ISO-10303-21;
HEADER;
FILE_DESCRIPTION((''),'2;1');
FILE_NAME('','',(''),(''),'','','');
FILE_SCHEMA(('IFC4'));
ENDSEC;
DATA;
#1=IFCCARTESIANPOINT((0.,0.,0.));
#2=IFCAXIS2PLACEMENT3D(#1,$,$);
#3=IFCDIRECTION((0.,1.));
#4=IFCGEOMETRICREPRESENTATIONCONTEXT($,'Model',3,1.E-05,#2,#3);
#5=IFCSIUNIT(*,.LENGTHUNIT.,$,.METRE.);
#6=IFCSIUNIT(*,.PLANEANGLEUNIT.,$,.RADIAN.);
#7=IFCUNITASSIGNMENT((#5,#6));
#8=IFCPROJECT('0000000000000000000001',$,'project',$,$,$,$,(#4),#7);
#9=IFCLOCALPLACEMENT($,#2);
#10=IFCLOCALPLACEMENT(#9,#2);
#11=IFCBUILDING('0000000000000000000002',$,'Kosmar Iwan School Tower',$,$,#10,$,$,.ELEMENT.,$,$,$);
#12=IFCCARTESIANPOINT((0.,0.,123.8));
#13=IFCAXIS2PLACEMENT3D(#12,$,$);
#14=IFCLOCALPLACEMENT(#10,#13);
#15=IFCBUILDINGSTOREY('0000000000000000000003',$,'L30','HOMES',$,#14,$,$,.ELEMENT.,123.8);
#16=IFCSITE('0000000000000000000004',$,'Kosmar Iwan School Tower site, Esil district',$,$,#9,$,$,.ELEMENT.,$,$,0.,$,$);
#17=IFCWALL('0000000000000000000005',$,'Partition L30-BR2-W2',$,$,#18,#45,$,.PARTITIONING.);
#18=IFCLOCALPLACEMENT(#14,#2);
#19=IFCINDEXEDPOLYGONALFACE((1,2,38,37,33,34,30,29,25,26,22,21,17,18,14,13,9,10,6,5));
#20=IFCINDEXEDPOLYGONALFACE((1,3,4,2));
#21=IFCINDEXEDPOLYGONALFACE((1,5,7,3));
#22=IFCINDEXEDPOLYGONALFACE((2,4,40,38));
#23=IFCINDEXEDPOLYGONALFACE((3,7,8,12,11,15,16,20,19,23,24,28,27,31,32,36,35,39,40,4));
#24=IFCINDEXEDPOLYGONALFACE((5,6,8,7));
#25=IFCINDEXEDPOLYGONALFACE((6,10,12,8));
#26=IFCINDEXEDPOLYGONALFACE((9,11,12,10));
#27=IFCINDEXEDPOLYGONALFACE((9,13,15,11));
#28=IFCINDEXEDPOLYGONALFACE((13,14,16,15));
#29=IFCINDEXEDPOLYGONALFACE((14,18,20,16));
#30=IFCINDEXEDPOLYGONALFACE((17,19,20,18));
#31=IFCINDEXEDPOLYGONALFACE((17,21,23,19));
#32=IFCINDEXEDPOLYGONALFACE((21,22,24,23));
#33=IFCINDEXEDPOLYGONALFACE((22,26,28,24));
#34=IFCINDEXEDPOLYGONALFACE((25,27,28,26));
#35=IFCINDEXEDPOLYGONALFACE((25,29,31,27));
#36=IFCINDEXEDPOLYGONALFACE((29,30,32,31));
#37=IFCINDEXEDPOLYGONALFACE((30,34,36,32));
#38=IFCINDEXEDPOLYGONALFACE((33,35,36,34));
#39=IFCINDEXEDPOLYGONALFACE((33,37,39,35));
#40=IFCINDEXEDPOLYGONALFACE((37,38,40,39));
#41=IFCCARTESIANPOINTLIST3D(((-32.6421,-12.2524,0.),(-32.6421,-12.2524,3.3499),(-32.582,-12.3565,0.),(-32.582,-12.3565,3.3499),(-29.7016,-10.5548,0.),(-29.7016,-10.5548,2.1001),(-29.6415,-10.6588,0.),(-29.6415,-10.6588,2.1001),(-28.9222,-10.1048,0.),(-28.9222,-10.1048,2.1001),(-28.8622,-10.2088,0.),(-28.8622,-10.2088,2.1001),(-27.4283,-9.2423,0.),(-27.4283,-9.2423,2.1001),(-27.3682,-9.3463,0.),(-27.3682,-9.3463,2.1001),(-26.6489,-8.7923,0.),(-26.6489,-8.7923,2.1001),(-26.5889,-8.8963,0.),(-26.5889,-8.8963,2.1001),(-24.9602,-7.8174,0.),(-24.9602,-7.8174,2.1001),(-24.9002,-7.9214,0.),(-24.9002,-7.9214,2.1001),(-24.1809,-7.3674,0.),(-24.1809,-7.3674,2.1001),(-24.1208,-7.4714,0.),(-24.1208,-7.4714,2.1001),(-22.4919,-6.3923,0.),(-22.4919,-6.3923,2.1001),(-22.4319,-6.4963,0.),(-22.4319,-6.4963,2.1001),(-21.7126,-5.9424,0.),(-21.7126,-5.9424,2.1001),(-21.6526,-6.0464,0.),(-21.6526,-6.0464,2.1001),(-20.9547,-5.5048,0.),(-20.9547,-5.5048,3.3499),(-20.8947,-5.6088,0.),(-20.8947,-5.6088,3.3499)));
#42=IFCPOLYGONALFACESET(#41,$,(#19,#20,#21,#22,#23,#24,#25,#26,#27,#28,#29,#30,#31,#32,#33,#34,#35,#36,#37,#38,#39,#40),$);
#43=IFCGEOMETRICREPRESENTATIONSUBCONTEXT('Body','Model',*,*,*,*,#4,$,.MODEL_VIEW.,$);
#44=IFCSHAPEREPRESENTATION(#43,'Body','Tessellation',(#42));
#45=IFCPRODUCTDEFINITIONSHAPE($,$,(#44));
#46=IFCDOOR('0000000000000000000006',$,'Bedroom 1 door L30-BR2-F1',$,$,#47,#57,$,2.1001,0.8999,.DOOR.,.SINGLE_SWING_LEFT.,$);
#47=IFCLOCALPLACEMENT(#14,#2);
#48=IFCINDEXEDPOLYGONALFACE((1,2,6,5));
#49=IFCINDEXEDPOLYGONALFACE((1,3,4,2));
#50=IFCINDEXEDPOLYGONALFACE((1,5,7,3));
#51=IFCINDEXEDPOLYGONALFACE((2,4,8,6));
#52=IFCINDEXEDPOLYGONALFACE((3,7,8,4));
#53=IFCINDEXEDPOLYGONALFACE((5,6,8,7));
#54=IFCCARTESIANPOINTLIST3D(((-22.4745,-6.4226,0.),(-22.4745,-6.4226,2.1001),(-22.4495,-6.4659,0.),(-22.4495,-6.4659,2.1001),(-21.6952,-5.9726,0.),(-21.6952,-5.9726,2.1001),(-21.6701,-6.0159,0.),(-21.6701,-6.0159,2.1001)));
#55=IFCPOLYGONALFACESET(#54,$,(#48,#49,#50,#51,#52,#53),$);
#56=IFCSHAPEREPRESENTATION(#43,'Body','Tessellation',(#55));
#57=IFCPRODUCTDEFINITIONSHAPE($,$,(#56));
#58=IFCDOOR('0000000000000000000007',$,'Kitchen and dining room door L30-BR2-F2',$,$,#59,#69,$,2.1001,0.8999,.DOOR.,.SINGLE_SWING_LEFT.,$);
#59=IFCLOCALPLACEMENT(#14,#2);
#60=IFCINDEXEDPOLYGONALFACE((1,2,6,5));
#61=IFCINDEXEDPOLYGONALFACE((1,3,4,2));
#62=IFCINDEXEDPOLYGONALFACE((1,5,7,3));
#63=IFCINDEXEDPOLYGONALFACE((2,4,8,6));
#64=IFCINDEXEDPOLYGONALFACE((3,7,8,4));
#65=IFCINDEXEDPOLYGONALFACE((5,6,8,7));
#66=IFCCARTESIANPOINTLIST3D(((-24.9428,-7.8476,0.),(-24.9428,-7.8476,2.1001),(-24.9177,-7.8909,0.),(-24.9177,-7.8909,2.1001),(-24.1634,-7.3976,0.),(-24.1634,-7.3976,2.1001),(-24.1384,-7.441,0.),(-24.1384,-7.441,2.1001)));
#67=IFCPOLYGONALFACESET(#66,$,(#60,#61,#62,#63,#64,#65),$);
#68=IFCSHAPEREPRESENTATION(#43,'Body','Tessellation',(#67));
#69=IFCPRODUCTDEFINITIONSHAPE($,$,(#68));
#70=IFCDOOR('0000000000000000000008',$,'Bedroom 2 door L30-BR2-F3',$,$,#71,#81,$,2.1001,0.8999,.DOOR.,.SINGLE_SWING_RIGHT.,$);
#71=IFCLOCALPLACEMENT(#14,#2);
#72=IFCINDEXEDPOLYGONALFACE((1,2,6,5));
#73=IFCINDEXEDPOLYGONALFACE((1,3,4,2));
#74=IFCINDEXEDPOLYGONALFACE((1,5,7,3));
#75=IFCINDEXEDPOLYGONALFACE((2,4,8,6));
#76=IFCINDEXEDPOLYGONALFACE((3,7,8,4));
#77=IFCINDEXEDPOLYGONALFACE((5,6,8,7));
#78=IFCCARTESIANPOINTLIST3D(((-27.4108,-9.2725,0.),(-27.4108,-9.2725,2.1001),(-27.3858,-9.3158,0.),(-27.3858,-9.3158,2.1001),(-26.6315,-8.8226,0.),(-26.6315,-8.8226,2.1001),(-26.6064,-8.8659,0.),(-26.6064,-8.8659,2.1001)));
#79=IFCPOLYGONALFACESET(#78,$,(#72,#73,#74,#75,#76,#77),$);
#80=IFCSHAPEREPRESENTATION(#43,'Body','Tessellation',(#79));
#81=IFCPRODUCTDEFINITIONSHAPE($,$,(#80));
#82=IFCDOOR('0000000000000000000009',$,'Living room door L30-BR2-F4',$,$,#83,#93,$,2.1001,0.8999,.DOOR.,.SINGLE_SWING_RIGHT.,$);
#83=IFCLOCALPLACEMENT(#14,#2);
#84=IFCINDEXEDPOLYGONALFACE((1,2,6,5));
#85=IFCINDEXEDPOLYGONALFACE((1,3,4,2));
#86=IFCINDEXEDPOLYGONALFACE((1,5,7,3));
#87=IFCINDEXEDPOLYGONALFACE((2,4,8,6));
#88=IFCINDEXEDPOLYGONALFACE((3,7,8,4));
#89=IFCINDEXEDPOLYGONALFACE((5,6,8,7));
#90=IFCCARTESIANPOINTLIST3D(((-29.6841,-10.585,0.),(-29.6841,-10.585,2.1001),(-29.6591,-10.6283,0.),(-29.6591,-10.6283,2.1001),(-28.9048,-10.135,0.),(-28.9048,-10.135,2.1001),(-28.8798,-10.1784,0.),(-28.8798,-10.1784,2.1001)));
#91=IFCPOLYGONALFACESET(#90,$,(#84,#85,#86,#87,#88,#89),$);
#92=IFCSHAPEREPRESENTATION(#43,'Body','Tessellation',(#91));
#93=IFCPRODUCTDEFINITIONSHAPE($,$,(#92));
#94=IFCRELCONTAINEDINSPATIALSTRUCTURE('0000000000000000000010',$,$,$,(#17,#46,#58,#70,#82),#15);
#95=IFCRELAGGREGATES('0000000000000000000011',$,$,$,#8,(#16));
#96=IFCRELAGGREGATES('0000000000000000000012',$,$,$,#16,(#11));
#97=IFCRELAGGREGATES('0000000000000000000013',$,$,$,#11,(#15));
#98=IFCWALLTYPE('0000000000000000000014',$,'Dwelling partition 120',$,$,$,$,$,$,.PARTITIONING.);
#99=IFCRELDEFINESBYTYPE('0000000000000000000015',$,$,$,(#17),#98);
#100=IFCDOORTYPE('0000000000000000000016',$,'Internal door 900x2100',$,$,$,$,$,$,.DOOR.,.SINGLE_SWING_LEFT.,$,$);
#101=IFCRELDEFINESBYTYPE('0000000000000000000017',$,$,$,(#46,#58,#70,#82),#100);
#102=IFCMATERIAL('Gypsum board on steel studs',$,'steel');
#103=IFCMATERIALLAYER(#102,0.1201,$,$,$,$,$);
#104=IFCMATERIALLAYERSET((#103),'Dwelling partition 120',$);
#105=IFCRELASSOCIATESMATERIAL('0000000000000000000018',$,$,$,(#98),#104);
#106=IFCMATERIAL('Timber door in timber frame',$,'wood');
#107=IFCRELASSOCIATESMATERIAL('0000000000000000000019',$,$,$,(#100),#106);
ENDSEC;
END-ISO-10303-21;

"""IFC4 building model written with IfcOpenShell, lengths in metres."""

from ifc_helpers import new_model, si_unit, direction, frame, frame_2d, origin, place, context, subcontext, project, spatial, rectangle, extrude, material, layer, layer_set, type_object, element, fill, save


model = new_model("IFC4")

# Units and contexts
model_context = context("Model", 3, precision=1e-05, world=origin(), true_north=direction((0.0, 1.0)))
body_context = subcontext(model_context, "Body", "Model", "MODEL_VIEW")
ifc_project = project(units=[si_unit("LENGTHUNIT", "METRE"), si_unit("PLANEANGLEUNIT", "RADIAN")], contexts=[model_context])

# Site, building, storey
site_placement = place(None, origin())
site = spatial("IfcSite", under=ifc_project, at=site_placement, Name="Kosmar Iwan School Tower site, Esil district", CompositionType="ELEMENT", RefElevation=0.0)
building_placement = place(site_placement, origin())
building = spatial("IfcBuilding", under=site, at=building_placement, Name="Kosmar Iwan School Tower", CompositionType="ELEMENT")
storey_placement = place(building_placement, frame((0.0, 0.0, 123.8)))
storey = spatial("IfcBuildingStorey", under=building, at=storey_placement, Name="L30", Description="HOMES", CompositionType="ELEMENT", Elevation=123.8)

# Wall, openings, doors
ifc_material_1 = material(Name="Gypsum board on steel studs", Category="steel")
ifc_layer = layer(ifc_material_1, 0.1201)
ifc_layer_set = layer_set([ifc_layer], Name="Dwelling partition 120")
wall_type = type_object("IfcWallType", Name="Dwelling partition 120", PredefinedType="PARTITIONING", material=ifc_layer_set)
ifc_material_2 = material(Name="Timber door in timber frame", Category="wood")
door_type_1 = type_object("IfcDoorType", Name="Internal door 900x2100", OperationType="SINGLE_SWING_LEFT", PredefinedType="DOOR", material=ifc_material_2)
wall_1_placement = place(storey_placement, frame((-20.9248, -5.5569, 0.0), z_axis=(0.0, 0.0, 1.0), x_axis=(-0.866028, -0.499995, 0.0)))
wall_1 = element("IfcWall", 1, at=wall_1_placement, inside=storey, type_object=wall_type, Name="Partition L30-BR2-W2", PredefinedType="PARTITIONING", context=body_context, shape_type="SweptSolid", body=[
    extrude(rectangle(XDim=13.4954, YDim=0.1201, at=frame_2d((6.7476, 0.0))), origin(), (0.0, 0.0, 1.0), 3.3499),
])
opening_1_placement = place(wall_1_placement, frame((0.875, 0.0, 0.0)))
opening_1 = element("IfcOpeningElement", 2, at=opening_1_placement, cuts=wall_1, PredefinedType="OPENING", context=body_context, shape_type="SweptSolid", body=[
    extrude(rectangle(XDim=0.8999, YDim=2.1001, at=frame_2d((0.45, 1.05))), frame((0.0, 0.072, 0.0), z_axis=(0.0, -1.0, 0.0), x_axis=(1.0, 0.0, 0.0)), (0.0, 0.0, 1.0), 0.144),
])
opening_2_placement = place(wall_1_placement, frame((3.7251, 0.0, 0.0)))
opening_2 = element("IfcOpeningElement", 3, at=opening_2_placement, cuts=wall_1, PredefinedType="OPENING", context=body_context, shape_type="SweptSolid", body=[
    extrude(rectangle(XDim=0.8999, YDim=2.1001, at=frame_2d((0.45, 1.05))), frame((0.0, 0.072, 0.0), z_axis=(0.0, -1.0, 0.0), x_axis=(1.0, 0.0, 0.0)), (0.0, 0.0, 1.0), 0.144),
])
opening_3_placement = place(wall_1_placement, frame((6.575, 0.0, 0.0)))
opening_3 = element("IfcOpeningElement", 4, at=opening_3_placement, cuts=wall_1, PredefinedType="OPENING", context=body_context, shape_type="SweptSolid", body=[
    extrude(rectangle(XDim=0.8999, YDim=2.1001, at=frame_2d((0.45, 1.05))), frame((0.0, 0.072, 0.0), z_axis=(0.0, -1.0, 0.0), x_axis=(1.0, 0.0, 0.0)), (0.0, 0.0, 1.0), 0.144),
])
opening_4_placement = place(wall_1_placement, frame((9.2, 0.0, 0.0)))
opening_4 = element("IfcOpeningElement", 5, at=opening_4_placement, cuts=wall_1, PredefinedType="OPENING", context=body_context, shape_type="SweptSolid", body=[
    extrude(rectangle(XDim=0.8999, YDim=2.1001, at=frame_2d((0.45, 1.05))), frame((0.0, 0.072, 0.0), z_axis=(0.0, -1.0, 0.0), x_axis=(1.0, 0.0, 0.0)), (0.0, 0.0, 1.0), 0.144),
])
door_1_placement = place(opening_1_placement, origin())
door_1 = element("IfcDoor", 6, at=door_1_placement, inside=storey, type_object=door_type_1, Name="Bedroom 1 door L30-BR2-F1", OperationType="SINGLE_SWING_LEFT", OverallHeight=2.1001, OverallWidth=0.8999, PredefinedType="DOOR", context=body_context, shape_type="SweptSolid", body=[
    extrude(rectangle(XDim=0.8999, YDim=2.1001, at=frame_2d((0.45, 1.05))), frame((0.0, 0.0249, 0.0), z_axis=(0.0, -1.0, 0.0), x_axis=(1.0, 0.0, 0.0)), (0.0, 0.0, 1.0), 0.05),
])
fill(opening_1, door_1)
door_2_placement = place(opening_2_placement, origin())
door_2 = element("IfcDoor", 7, at=door_2_placement, inside=storey, type_object=door_type_1, Name="Kitchen and dining room door L30-BR2-F2", OperationType="SINGLE_SWING_LEFT", OverallHeight=2.1001, OverallWidth=0.8999, PredefinedType="DOOR", context=body_context, shape_type="SweptSolid", body=[
    extrude(rectangle(XDim=0.8999, YDim=2.1001, at=frame_2d((0.45, 1.05))), frame((0.0, 0.0249, 0.0), z_axis=(0.0, -1.0, 0.0), x_axis=(1.0, 0.0, 0.0)), (0.0, 0.0, 1.0), 0.05),
])
fill(opening_2, door_2)
door_3_placement = place(opening_3_placement, origin())
door_3 = element("IfcDoor", 8, at=door_3_placement, inside=storey, type_object=door_type_1, Name="Bedroom 2 door L30-BR2-F3", OperationType="SINGLE_SWING_RIGHT", OverallHeight=2.1001, OverallWidth=0.8999, PredefinedType="DOOR", context=body_context, shape_type="SweptSolid", body=[
    extrude(rectangle(XDim=0.8999, YDim=2.1001, at=frame_2d((0.45, 1.05))), frame((0.0, 0.0249, 0.0), z_axis=(0.0, -1.0, 0.0), x_axis=(1.0, 0.0, 0.0)), (0.0, 0.0, 1.0), 0.05),
])
fill(opening_3, door_3)
door_4_placement = place(opening_4_placement, origin())
door_4 = element("IfcDoor", 9, at=door_4_placement, inside=storey, type_object=door_type_1, Name="Living room door L30-BR2-F4", OperationType="SINGLE_SWING_RIGHT", OverallHeight=2.1001, OverallWidth=0.8999, PredefinedType="DOOR", context=body_context, shape_type="SweptSolid", body=[
    extrude(rectangle(XDim=0.8999, YDim=2.1001, at=frame_2d((0.45, 1.05))), frame((0.0, 0.0249, 0.0), z_axis=(0.0, -1.0, 0.0), x_axis=(1.0, 0.0, 0.0)), (0.0, 0.0, 1.0), 0.05),
])
fill(opening_4, door_4)

save(model, "model.ifc")
